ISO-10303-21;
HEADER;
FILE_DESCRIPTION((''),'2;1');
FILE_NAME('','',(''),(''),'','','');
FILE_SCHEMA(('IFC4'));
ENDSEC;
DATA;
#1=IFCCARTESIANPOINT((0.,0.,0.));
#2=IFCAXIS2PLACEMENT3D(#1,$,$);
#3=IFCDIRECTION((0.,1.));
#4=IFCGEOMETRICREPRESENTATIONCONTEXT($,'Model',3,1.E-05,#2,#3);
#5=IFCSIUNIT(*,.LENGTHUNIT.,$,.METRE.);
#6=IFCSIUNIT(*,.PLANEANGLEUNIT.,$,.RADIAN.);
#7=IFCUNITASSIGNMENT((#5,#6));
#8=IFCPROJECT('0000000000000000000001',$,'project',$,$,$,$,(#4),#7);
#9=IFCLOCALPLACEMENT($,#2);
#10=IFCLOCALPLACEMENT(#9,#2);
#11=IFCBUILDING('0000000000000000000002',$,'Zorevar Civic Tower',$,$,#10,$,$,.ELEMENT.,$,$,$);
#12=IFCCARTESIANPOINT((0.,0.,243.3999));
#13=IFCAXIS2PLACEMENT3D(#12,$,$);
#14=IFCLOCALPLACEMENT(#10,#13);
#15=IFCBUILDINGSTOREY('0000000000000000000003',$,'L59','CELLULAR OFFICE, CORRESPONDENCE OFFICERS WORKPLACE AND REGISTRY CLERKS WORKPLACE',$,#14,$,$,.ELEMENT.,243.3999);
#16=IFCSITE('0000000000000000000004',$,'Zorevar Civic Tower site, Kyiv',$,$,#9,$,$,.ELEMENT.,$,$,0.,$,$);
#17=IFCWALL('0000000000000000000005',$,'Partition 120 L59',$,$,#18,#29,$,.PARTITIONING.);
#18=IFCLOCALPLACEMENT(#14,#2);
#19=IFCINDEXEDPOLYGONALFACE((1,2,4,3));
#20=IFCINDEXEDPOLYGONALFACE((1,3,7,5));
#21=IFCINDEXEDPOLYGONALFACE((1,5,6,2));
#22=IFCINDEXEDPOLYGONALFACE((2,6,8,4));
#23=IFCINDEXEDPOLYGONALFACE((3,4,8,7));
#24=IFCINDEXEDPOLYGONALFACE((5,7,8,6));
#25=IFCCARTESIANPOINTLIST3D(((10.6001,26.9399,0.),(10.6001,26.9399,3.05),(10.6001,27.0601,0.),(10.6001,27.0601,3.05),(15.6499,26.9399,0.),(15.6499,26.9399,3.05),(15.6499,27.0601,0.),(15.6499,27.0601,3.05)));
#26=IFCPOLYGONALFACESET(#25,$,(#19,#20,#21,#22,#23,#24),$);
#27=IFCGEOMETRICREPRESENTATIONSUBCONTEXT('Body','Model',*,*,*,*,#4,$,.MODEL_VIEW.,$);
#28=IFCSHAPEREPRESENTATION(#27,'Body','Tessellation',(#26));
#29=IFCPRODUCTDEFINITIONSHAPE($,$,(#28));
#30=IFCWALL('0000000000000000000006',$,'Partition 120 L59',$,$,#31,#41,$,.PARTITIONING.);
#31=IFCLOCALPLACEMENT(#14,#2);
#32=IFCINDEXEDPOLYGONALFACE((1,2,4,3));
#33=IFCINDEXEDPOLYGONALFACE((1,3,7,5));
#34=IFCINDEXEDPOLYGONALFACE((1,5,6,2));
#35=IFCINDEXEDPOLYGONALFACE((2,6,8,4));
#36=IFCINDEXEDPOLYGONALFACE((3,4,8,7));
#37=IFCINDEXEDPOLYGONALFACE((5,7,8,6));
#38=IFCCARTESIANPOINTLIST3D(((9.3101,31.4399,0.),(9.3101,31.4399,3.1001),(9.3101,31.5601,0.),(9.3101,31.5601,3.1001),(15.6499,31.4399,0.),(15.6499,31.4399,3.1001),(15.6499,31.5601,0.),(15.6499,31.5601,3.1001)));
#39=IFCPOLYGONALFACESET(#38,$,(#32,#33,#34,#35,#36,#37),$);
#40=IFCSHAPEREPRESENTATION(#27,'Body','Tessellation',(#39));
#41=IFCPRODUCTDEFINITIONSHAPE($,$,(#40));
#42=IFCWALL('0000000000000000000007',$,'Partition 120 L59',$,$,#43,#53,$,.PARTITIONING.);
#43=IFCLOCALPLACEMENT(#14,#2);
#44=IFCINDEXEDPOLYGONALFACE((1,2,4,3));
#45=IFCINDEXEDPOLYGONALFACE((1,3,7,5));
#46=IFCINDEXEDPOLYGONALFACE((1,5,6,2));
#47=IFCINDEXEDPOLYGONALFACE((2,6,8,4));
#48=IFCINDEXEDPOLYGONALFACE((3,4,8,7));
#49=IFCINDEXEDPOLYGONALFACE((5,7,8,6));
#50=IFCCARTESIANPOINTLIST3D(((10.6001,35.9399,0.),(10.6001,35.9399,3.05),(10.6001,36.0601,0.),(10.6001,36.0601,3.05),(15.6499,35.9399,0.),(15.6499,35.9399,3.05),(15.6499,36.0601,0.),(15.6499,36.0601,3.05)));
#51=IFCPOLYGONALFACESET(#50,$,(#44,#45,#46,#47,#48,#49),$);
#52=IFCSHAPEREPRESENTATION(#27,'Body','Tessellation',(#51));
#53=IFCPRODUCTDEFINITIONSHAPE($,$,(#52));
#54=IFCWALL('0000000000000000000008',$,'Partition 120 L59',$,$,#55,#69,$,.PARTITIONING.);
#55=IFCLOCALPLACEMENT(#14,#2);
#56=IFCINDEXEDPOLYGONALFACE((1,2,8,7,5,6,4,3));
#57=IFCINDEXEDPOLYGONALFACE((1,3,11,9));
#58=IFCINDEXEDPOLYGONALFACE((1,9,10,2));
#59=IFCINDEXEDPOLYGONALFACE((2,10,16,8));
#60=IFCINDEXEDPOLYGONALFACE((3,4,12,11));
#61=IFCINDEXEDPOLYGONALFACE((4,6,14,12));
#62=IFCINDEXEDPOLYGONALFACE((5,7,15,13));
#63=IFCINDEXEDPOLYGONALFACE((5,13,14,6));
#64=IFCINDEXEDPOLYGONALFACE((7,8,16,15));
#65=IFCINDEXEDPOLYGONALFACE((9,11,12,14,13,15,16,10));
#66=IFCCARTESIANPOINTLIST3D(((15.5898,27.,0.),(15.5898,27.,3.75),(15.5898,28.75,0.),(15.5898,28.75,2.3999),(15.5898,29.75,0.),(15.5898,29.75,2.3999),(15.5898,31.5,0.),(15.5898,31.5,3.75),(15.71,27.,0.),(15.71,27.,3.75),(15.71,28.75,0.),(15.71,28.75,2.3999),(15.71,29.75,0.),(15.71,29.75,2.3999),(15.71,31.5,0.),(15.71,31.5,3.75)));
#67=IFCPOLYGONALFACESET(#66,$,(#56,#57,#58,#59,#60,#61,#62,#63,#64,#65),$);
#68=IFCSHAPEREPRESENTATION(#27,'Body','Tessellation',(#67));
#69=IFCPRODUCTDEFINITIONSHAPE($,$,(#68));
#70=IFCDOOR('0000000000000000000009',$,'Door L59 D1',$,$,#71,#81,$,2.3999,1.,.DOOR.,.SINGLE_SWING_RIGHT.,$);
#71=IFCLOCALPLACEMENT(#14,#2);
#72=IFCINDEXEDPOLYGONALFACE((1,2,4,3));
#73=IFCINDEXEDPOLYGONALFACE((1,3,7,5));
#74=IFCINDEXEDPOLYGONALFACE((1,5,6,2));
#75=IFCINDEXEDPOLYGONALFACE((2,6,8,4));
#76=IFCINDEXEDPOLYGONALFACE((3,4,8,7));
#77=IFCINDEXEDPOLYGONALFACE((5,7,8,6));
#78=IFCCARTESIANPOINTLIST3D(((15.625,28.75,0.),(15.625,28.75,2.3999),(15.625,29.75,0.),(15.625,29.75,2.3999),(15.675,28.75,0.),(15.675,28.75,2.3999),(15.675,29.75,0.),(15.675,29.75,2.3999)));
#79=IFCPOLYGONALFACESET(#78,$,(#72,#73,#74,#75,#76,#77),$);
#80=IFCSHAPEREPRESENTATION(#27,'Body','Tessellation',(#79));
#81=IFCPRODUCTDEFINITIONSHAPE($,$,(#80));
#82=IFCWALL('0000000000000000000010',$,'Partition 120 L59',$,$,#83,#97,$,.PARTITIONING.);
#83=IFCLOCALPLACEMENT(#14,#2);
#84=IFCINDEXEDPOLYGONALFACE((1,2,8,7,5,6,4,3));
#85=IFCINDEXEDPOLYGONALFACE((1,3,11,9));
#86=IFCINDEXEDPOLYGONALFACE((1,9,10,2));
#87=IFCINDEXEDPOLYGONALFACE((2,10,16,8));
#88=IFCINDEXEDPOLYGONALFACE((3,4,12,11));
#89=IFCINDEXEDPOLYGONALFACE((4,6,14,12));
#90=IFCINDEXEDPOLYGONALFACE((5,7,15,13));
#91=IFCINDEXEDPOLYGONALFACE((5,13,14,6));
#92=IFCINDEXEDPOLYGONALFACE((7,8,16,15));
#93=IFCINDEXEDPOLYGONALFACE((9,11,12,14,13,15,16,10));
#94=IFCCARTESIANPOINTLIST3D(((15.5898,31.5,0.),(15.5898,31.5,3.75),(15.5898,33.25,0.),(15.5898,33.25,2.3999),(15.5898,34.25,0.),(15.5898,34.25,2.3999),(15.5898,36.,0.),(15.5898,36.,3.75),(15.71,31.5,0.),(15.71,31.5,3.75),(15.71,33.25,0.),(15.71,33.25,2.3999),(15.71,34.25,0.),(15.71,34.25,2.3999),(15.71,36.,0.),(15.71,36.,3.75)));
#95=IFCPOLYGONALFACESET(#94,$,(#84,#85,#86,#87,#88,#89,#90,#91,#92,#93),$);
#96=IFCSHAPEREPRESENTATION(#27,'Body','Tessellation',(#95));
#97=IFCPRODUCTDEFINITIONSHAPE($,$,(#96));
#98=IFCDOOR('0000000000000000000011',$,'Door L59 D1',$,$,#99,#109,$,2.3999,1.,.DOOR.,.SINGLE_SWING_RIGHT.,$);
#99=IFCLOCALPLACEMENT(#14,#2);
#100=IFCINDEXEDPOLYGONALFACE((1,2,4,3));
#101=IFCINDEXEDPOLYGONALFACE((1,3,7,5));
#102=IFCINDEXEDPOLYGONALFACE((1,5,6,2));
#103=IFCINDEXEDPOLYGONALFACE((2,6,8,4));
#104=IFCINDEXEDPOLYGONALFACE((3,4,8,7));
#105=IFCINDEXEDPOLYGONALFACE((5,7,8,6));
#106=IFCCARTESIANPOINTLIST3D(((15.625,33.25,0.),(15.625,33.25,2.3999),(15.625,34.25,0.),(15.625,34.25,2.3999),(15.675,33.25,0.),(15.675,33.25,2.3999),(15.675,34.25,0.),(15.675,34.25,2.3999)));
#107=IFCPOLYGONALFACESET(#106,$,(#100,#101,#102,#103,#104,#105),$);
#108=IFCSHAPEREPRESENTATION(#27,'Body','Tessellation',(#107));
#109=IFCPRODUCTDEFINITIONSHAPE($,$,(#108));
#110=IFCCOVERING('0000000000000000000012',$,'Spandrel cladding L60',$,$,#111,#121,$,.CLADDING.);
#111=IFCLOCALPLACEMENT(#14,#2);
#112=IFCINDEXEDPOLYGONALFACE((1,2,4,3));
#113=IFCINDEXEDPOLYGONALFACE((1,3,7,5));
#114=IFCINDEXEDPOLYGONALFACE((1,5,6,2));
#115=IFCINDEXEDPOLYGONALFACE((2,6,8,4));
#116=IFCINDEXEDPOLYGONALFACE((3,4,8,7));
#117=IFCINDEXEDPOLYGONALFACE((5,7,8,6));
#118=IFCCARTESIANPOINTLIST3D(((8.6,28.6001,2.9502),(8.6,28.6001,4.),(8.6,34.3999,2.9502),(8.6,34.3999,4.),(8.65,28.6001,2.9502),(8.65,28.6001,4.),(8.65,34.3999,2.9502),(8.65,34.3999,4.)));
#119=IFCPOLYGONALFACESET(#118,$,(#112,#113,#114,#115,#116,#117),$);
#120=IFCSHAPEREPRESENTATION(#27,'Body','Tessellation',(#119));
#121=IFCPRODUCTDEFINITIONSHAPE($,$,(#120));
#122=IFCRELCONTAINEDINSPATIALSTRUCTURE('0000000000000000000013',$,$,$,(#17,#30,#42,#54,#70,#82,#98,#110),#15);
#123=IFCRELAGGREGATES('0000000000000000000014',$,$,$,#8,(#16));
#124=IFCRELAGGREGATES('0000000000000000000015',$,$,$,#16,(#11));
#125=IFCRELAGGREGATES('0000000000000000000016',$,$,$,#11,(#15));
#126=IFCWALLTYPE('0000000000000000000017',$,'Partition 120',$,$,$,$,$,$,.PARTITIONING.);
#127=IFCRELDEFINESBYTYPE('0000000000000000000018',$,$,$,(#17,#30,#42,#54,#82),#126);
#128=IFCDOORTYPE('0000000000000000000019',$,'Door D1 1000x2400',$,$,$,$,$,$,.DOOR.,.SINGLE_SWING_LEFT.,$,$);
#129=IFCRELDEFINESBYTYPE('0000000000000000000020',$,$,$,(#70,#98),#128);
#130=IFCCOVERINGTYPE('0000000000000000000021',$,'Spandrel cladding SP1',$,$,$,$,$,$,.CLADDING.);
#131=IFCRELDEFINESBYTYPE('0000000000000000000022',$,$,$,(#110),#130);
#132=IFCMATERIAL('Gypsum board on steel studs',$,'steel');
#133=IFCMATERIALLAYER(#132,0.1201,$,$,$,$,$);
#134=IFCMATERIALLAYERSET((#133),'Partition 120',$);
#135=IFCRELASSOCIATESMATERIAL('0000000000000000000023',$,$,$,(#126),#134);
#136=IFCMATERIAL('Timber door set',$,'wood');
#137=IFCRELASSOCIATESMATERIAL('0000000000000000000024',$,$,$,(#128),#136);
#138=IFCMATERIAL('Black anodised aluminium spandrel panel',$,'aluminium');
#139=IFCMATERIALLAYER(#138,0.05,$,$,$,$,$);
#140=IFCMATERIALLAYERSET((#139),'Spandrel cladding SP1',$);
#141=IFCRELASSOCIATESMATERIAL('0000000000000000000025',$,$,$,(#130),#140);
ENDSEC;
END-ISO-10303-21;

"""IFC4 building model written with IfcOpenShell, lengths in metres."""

from ifc_helpers import new_model, si_unit, direction, frame, frame_2d, origin, place, context, subcontext, project, spatial, rectangle, extrude, material, layer, layer_set, type_object, element, fill, save


model = new_model("IFC4")

# Units and contexts
model_context = context("Model", 3, precision=1e-05, world=origin(), true_north=direction((0.0, 1.0)))
body_context = subcontext(model_context, "Body", "Model", "MODEL_VIEW")
ifc_project = project(units=[si_unit("LENGTHUNIT", "METRE"), si_unit("PLANEANGLEUNIT", "RADIAN")], contexts=[model_context])

# Site, building, storey
site_placement = place(None, origin())
site = spatial("IfcSite", under=ifc_project, at=site_placement, Name="Zorevar Civic Tower site, Kyiv", CompositionType="ELEMENT", RefElevation=0.0)
building_placement = place(site_placement, origin())
building = spatial("IfcBuilding", under=site, at=building_placement, Name="Zorevar Civic Tower", CompositionType="ELEMENT")
storey_placement = place(building_placement, frame((0.0, 0.0, 243.3999)))
storey = spatial("IfcBuildingStorey", under=building, at=storey_placement, Name="L59", Description="CELLULAR OFFICE, CORRESPONDENCE OFFICERS WORKPLACE AND REGISTRY CLERKS WORKPLACE", CompositionType="ELEMENT", Elevation=243.3999)

# Walls
ifc_material_1 = material(Name="Gypsum board on steel studs", Category="steel")
ifc_layer_1 = layer(ifc_material_1, 0.1201)
ifc_layer_set_1 = layer_set([ifc_layer_1], Name="Partition 120")
wall_type_1 = type_object("IfcWallType", Name="Partition 120", PredefinedType="PARTITIONING", material=ifc_layer_set_1)
wall_1_placement = place(storey_placement, frame((10.6001, 27.0, 0.0), z_axis=(0.0, 0.0, 1.0), x_axis=(1.0, 0.0, 0.0)))
element("IfcWall", 1, at=wall_1_placement, inside=storey, type_object=wall_type_1, Name="Partition 120 L59", PredefinedType="PARTITIONING", context=body_context, shape_type="SweptSolid", body=[
    extrude(rectangle(XDim=5.0498, YDim=0.1201, at=frame_2d((2.5249, 0.0))), origin(), (0.0, 0.0, 1.0), 3.05),
])
wall_2_placement = place(storey_placement, frame((9.3101, 31.5, 0.0), z_axis=(0.0, 0.0, 1.0), x_axis=(1.0, 0.0, 0.0)))
element("IfcWall", 2, at=wall_2_placement, inside=storey, type_object=wall_type_1, Name="Partition 120 L59", PredefinedType="PARTITIONING", context=body_context, shape_type="SweptSolid", body=[
    extrude(rectangle(XDim=6.3398, YDim=0.1201, at=frame_2d((3.1699, 0.0))), origin(), (0.0, 0.0, 1.0), 3.1001),
])
wall_3_placement = place(storey_placement, frame((10.6001, 36.0, 0.0), z_axis=(0.0, 0.0, 1.0), x_axis=(1.0, 0.0, 0.0)))
element("IfcWall", 3, at=wall_3_placement, inside=storey, type_object=wall_type_1, Name="Partition 120 L59", PredefinedType="PARTITIONING", context=body_context, shape_type="SweptSolid", body=[
    extrude(rectangle(XDim=5.0498, YDim=0.1201, at=frame_2d((2.5249, 0.0))), origin(), (0.0, 0.0, 1.0), 3.05),
])

# Walls, openings, doors
wall_4_placement = place(storey_placement, frame((15.6499, 27.0, 0.0), z_axis=(0.0, 0.0, 1.0), x_axis=(0.0, 1.0, 0.0)))
wall_4 = element("IfcWall", 4, at=wall_4_placement, inside=storey, type_object=wall_type_1, Name="Partition 120 L59", PredefinedType="PARTITIONING", context=body_context, shape_type="SweptSolid", body=[
    extrude(rectangle(XDim=4.5, YDim=0.1201, at=frame_2d((2.25, 0.0))), origin(), (0.0, 0.0, 1.0), 3.75),
])
opening_1_placement = place(wall_4_placement, frame((1.75, 0.0, 0.0)))
opening_1 = element("IfcOpeningElement", 5, at=opening_1_placement, cuts=wall_4, PredefinedType="OPENING", context=body_context, shape_type="SweptSolid", body=[
    extrude(rectangle(XDim=1.0, YDim=2.3999, at=frame_2d((0.5, 1.2))), frame((0.0, 0.0701, 0.0), z_axis=(0.0, -1.0, 0.0), x_axis=(1.0, 0.0, 0.0)), (0.0, 0.0, 1.0), 0.1401),
])
ifc_material_2 = material(Name="Timber door set", Category="wood")
door_type_1 = type_object("IfcDoorType", Name="Door D1 1000x2400", OperationType="SINGLE_SWING_LEFT", PredefinedType="DOOR", material=ifc_material_2)
door_1_placement = place(opening_1_placement, origin())
door_1 = element("IfcDoor", 6, at=door_1_placement, inside=storey, type_object=door_type_1, Name="Door L59 D1", OperationType="SINGLE_SWING_RIGHT", OverallHeight=2.3999, OverallWidth=1.0, PredefinedType="DOOR", context=body_context, shape_type="SweptSolid", body=[
    extrude(rectangle(XDim=1.0, YDim=2.3999, at=frame_2d((0.5, 1.2))), frame((0.0, 0.0249, 0.0), z_axis=(0.0, -1.0, 0.0), x_axis=(1.0, 0.0, 0.0)), (0.0, 0.0, 1.0), 0.05),
])
fill(opening_1, door_1)
wall_5_placement = place(storey_placement, frame((15.6499, 31.5, 0.0), z_axis=(0.0, 0.0, 1.0), x_axis=(0.0, 1.0, 0.0)))
wall_5 = element("IfcWall", 7, at=wall_5_placement, inside=storey, type_object=wall_type_1, Name="Partition 120 L59", PredefinedType="PARTITIONING", context=body_context, shape_type="SweptSolid", body=[
    extrude(rectangle(XDim=4.5, YDim=0.1201, at=frame_2d((2.25, 0.0))), origin(), (0.0, 0.0, 1.0), 3.75),
])
opening_2_placement = place(wall_5_placement, frame((1.75, 0.0, 0.0)))
opening_2 = element("IfcOpeningElement", 8, at=opening_2_placement, cuts=wall_5, PredefinedType="OPENING", context=body_context, shape_type="SweptSolid", body=[
    extrude(rectangle(XDim=1.0, YDim=2.3999, at=frame_2d((0.5, 1.2))), frame((0.0, 0.0701, 0.0), z_axis=(0.0, -1.0, 0.0), x_axis=(1.0, 0.0, 0.0)), (0.0, 0.0, 1.0), 0.1401),
])
door_2_placement = place(opening_2_placement, origin())
door_2 = element("IfcDoor", 9, at=door_2_placement, inside=storey, type_object=door_type_1, Name="Door L59 D1", OperationType="SINGLE_SWING_RIGHT", OverallHeight=2.3999, OverallWidth=1.0, PredefinedType="DOOR", context=body_context, shape_type="SweptSolid", body=[
    extrude(rectangle(XDim=1.0, YDim=2.3999, at=frame_2d((0.5, 1.2))), frame((0.0, 0.0249, 0.0), z_axis=(0.0, -1.0, 0.0), x_axis=(1.0, 0.0, 0.0)), (0.0, 0.0, 1.0), 0.05),
])
fill(opening_2, door_2)

# Covering
ifc_material_3 = material(Name="Black anodised aluminium spandrel panel", Category="aluminium")
ifc_layer_2 = layer(ifc_material_3, 0.05)
ifc_layer_set_2 = layer_set([ifc_layer_2], Name="Spandrel cladding SP1")
covering_type = type_object("IfcCoveringType", Name="Spandrel cladding SP1", PredefinedType="CLADDING", material=ifc_layer_set_2)
covering_placement = place(storey_placement, frame((8.625, 28.6001, 2.9502), z_axis=(0.0, 0.0, 1.0), x_axis=(0.0, 1.0, 0.0)))
element("IfcCovering", 10, at=covering_placement, inside=storey, type_object=covering_type, Name="Spandrel cladding L60", PredefinedType="CLADDING", context=body_context, shape_type="SweptSolid", body=[
    extrude(rectangle(XDim=5.7998, YDim=0.05, at=frame_2d((2.8999, 0.0))), origin(), (0.0, 0.0, 1.0), 1.0498),
])

save(model, "model.ifc")
